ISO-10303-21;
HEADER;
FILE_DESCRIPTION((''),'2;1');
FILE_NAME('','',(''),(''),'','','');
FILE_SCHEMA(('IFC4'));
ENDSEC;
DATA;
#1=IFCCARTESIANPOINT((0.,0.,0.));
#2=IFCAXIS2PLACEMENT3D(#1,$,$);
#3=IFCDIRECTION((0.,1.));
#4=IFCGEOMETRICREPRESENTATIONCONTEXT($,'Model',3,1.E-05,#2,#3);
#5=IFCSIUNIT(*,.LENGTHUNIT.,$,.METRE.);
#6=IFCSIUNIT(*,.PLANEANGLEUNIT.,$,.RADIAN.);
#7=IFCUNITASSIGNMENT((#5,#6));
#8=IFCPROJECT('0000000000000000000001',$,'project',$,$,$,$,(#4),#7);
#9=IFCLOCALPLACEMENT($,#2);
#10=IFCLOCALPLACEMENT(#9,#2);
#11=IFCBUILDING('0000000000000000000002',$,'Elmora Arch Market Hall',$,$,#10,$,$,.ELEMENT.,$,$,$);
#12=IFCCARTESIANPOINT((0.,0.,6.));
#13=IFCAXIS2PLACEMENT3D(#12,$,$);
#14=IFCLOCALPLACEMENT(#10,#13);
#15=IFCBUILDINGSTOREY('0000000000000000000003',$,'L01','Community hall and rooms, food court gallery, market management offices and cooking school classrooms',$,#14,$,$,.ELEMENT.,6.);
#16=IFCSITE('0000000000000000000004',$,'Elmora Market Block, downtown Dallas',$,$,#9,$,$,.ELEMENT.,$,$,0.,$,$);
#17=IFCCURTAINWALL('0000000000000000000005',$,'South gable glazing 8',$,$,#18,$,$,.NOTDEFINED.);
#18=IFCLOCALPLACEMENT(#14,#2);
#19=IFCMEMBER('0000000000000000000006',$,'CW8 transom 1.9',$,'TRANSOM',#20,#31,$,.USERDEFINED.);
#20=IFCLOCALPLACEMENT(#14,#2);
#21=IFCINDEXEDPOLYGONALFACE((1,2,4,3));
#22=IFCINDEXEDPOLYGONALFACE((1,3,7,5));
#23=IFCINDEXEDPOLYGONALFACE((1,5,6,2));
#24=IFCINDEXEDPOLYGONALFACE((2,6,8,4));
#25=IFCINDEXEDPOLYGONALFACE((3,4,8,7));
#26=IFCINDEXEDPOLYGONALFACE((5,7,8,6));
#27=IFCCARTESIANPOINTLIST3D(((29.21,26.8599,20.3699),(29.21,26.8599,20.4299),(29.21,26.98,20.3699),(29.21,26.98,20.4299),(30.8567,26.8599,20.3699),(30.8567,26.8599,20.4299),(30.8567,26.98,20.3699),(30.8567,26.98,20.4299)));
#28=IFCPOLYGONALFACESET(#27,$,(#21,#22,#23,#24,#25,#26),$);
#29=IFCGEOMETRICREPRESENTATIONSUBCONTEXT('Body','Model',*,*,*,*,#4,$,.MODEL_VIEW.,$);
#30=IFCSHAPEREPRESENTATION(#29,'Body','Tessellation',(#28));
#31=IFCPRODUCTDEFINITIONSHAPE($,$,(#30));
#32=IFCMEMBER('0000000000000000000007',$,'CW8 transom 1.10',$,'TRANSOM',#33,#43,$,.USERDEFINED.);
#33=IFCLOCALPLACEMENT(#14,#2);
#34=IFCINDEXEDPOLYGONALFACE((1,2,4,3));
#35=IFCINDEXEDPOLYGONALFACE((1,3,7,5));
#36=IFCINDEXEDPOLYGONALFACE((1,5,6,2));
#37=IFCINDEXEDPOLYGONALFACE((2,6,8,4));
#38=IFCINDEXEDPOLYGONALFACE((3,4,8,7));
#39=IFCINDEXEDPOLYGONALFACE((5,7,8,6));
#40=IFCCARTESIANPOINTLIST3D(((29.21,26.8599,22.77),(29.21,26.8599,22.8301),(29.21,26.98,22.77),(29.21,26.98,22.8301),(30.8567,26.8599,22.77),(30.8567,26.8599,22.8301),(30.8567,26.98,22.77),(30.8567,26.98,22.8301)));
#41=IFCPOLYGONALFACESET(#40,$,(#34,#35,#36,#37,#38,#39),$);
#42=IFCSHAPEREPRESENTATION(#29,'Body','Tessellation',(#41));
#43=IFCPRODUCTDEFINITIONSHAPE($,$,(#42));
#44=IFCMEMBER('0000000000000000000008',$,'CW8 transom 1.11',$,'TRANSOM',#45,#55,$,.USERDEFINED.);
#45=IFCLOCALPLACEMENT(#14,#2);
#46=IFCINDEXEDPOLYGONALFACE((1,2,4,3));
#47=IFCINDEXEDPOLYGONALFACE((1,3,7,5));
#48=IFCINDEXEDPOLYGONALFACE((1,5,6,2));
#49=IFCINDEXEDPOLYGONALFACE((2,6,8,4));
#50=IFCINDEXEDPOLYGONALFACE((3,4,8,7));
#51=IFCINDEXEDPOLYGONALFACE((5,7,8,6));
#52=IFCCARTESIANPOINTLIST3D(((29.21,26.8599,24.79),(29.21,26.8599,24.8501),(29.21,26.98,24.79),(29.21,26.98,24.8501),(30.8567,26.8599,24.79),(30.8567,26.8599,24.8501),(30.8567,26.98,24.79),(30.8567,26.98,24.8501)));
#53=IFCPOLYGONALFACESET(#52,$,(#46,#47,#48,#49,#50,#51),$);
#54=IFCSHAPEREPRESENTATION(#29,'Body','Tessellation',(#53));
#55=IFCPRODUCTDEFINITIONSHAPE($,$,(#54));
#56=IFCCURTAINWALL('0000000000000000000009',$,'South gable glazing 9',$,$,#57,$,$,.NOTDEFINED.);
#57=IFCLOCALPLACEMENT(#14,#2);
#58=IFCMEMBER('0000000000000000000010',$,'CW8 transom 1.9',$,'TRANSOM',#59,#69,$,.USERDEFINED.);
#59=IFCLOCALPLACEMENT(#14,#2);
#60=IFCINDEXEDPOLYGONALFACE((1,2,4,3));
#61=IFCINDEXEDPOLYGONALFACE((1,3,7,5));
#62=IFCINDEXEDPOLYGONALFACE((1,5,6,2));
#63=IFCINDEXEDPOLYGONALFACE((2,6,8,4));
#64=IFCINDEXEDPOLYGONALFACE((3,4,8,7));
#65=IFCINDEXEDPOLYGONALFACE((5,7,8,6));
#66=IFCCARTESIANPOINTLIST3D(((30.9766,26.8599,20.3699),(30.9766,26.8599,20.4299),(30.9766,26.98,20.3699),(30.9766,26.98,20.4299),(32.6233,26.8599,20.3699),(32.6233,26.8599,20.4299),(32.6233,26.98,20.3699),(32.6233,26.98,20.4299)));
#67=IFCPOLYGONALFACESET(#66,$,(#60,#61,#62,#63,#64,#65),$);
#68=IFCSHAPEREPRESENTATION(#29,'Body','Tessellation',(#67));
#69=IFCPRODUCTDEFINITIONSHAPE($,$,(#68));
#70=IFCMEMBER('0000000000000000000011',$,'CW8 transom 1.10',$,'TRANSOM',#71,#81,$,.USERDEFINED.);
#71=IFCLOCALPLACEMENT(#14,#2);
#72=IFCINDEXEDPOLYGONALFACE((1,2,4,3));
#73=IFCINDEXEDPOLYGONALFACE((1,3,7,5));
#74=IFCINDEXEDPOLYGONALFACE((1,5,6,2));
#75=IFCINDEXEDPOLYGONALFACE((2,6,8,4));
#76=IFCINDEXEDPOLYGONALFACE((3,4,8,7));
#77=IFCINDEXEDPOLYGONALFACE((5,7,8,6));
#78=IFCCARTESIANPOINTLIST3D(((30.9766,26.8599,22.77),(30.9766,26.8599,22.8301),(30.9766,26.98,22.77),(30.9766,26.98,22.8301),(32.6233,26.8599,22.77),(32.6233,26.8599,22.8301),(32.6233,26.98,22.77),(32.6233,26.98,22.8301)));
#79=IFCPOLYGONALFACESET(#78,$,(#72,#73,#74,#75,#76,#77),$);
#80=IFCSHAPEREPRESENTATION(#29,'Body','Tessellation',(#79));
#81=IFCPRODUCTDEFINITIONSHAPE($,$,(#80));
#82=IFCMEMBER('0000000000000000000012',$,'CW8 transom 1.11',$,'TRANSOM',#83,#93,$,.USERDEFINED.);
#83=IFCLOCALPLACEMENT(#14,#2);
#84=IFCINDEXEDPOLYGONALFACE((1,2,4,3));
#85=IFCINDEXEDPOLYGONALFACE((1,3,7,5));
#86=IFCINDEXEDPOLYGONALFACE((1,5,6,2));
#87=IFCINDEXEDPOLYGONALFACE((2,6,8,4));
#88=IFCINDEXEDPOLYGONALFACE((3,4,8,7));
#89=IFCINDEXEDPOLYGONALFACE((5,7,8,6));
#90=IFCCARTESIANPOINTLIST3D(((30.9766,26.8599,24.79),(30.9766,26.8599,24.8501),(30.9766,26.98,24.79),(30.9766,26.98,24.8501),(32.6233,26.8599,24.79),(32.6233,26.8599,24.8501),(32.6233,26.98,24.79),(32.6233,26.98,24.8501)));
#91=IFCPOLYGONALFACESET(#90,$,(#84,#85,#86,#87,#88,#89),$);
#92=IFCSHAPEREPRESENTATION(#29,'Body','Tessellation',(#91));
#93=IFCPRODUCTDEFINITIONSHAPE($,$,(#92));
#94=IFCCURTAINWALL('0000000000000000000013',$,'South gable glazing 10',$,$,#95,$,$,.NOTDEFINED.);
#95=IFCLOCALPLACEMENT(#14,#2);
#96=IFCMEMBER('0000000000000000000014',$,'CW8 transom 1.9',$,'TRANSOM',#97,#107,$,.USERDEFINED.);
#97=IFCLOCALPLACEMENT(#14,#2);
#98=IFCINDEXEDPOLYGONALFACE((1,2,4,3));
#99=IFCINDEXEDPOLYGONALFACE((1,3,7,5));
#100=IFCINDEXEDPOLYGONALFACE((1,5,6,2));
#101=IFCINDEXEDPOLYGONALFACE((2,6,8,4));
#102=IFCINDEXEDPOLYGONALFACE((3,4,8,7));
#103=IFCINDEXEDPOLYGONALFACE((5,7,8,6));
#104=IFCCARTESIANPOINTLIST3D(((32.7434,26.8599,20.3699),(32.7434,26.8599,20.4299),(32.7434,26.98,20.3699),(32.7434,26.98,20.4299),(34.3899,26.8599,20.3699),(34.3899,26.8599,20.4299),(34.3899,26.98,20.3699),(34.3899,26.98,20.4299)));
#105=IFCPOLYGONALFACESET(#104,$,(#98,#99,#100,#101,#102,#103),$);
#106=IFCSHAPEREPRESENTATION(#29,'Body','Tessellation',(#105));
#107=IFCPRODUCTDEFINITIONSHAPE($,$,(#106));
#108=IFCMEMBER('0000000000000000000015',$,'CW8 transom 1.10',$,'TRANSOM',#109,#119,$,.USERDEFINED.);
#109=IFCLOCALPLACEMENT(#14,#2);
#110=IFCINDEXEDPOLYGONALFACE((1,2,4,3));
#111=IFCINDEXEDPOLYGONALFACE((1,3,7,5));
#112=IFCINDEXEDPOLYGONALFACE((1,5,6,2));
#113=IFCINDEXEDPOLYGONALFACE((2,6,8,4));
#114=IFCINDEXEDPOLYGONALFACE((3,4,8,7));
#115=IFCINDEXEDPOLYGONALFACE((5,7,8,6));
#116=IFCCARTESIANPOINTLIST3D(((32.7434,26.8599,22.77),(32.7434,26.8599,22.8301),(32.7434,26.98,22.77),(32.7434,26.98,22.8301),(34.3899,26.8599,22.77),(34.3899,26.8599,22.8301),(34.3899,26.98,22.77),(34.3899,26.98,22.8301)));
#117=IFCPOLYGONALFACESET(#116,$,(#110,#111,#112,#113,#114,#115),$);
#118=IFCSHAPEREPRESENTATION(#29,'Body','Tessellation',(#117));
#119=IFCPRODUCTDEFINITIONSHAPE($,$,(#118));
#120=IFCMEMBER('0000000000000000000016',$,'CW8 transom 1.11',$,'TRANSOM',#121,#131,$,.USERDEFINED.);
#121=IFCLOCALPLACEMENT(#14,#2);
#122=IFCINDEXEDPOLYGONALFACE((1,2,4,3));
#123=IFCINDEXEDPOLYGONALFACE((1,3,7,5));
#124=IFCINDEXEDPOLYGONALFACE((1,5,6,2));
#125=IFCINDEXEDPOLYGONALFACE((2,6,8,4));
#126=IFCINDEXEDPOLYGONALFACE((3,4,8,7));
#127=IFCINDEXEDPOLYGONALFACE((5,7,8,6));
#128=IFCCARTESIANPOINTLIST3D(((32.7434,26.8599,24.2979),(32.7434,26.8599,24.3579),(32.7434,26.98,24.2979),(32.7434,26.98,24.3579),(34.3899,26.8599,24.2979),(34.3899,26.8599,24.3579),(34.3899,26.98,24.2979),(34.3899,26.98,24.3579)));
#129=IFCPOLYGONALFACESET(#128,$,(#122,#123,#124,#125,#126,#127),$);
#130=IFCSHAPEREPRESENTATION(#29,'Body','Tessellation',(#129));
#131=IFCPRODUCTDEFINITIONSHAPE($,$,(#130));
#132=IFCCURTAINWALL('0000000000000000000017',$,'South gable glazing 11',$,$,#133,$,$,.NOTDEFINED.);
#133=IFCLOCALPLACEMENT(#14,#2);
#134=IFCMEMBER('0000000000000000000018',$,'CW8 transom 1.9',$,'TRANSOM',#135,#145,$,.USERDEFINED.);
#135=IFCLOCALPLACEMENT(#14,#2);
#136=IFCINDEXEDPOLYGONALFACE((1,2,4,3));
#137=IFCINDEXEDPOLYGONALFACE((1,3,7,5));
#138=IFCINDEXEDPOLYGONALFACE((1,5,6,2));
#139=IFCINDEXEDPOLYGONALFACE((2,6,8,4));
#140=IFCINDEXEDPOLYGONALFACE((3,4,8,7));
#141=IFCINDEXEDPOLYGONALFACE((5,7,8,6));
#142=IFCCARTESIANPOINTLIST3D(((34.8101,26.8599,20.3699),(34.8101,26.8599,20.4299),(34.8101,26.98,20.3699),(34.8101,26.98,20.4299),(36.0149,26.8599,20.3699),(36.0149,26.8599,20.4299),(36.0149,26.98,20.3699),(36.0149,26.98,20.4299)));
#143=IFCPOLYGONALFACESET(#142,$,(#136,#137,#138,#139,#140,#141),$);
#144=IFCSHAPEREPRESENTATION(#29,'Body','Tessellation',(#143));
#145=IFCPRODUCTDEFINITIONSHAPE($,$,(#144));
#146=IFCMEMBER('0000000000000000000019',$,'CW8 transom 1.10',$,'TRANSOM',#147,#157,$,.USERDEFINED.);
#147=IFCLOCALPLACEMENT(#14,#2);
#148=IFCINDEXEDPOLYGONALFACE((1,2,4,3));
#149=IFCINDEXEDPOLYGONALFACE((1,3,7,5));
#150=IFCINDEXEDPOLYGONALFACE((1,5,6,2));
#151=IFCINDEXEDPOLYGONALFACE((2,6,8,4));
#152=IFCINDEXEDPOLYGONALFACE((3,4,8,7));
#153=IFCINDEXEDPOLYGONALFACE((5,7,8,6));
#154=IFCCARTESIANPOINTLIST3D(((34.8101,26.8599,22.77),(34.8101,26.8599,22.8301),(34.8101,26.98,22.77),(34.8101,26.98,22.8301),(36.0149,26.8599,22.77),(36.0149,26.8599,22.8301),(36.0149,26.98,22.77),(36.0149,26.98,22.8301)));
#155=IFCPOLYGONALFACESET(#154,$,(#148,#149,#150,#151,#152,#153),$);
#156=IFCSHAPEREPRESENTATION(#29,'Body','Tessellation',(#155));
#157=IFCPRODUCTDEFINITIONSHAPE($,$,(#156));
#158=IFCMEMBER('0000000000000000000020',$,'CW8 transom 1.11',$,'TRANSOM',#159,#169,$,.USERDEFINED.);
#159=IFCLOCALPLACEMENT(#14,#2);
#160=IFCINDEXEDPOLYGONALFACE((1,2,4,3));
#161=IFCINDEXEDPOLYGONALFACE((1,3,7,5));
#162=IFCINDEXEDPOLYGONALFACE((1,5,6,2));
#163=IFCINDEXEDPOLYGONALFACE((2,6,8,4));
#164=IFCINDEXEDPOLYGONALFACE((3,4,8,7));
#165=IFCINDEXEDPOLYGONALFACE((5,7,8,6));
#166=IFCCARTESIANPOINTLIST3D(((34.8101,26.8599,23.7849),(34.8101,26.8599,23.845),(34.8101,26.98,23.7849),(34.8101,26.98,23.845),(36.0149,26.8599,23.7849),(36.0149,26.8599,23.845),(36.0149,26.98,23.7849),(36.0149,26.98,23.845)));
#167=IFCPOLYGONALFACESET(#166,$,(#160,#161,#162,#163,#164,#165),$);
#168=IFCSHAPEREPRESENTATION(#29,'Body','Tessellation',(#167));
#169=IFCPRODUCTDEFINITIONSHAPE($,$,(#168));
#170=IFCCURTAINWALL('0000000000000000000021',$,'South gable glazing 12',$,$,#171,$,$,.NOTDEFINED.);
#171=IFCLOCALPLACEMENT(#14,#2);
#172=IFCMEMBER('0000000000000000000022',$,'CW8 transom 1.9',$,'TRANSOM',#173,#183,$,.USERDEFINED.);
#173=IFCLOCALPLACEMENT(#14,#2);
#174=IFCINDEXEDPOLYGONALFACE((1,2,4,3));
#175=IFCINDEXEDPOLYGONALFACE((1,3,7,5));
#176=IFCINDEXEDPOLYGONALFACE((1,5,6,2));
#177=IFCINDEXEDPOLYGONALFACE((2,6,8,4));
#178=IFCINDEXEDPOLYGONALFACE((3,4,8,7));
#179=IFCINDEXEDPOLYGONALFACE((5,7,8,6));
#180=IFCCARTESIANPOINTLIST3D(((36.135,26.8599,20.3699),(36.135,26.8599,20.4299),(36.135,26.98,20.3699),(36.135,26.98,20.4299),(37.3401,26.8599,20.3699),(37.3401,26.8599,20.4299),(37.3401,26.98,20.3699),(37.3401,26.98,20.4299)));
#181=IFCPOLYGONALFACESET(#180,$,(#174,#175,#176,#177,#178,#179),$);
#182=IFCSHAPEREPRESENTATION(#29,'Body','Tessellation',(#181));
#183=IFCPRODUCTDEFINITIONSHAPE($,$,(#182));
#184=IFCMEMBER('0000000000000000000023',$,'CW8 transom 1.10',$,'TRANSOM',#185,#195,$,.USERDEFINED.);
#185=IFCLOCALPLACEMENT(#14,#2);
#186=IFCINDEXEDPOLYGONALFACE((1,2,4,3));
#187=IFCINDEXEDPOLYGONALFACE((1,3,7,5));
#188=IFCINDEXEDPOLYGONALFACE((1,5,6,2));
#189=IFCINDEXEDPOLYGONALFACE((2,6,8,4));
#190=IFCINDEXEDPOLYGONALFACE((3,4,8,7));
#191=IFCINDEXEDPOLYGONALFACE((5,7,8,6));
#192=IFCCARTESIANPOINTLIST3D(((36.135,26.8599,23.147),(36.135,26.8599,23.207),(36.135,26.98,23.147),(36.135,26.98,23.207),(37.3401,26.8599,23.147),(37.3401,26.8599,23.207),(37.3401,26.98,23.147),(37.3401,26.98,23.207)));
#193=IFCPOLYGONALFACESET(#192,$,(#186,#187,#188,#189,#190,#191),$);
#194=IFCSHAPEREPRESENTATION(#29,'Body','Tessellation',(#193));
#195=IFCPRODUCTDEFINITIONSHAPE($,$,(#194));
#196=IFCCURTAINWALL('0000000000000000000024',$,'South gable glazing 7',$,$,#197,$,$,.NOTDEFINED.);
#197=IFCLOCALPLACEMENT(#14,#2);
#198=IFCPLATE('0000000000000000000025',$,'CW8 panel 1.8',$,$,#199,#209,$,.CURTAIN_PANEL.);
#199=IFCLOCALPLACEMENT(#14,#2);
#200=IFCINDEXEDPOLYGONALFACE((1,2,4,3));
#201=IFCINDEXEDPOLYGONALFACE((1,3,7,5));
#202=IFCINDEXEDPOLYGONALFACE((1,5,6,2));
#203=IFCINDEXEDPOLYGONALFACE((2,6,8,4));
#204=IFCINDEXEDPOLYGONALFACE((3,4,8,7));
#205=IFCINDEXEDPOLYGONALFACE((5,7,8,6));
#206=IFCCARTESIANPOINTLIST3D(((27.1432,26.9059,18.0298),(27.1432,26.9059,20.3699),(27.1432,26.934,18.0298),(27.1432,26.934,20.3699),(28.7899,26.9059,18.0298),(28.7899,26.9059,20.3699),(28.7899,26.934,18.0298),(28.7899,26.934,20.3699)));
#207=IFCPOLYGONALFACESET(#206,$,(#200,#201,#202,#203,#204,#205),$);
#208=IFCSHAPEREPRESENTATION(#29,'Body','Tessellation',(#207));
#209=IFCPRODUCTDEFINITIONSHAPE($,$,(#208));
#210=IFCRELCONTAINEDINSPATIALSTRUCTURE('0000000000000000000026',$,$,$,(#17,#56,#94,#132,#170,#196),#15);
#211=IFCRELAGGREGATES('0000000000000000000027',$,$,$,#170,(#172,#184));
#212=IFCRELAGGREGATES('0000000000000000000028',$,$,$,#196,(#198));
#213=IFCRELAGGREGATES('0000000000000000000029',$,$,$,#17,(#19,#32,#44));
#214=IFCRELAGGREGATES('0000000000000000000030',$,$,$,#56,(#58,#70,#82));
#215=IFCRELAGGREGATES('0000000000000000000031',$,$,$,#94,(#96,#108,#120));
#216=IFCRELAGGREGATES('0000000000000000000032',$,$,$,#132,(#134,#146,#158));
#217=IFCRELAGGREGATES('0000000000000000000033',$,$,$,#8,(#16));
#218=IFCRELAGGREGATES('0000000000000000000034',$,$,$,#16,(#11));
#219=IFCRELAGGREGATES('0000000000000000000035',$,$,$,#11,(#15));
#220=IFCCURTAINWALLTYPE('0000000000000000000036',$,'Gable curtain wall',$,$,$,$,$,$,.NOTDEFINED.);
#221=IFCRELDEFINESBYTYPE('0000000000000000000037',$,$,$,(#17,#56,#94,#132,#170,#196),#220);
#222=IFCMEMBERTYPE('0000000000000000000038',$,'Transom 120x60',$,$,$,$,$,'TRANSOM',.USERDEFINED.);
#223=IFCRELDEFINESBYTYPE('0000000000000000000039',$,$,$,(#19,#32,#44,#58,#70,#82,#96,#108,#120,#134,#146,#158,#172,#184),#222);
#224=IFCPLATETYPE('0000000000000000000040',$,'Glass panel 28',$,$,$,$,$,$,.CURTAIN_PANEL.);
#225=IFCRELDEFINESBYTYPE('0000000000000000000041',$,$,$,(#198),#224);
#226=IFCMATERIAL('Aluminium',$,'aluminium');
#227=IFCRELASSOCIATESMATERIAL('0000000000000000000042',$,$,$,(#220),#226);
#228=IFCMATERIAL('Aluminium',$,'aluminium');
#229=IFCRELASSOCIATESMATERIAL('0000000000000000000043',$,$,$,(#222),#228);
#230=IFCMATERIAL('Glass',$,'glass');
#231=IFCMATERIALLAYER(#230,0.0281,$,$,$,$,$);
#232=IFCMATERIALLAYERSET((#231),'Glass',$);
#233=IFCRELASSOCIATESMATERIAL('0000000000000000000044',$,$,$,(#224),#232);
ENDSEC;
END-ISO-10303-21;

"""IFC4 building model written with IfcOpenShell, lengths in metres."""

from ifc_helpers import new_model, si_unit, direction, frame, origin, origin_2d, place, context, subcontext, project, spatial, rectangle, extrude, material, layer, layer_set, material_profile, profile_set, type_object, element, aggregate, save


model = new_model("IFC4")

# Units and contexts
model_context = context("Model", 3, precision=1e-05, world=origin(), true_north=direction((0.0, 1.0)))
body_context = subcontext(model_context, "Body", "Model", "MODEL_VIEW")
ifc_project = project(units=[si_unit("LENGTHUNIT", "METRE"), si_unit("PLANEANGLEUNIT", "RADIAN")], contexts=[model_context])

# Site, building, storey
site_placement = place(None, origin())
site = spatial("IfcSite", under=ifc_project, at=site_placement, Name="Elmora Market Block, downtown Dallas", CompositionType="ELEMENT", RefElevation=0.0)
building_placement = place(site_placement, origin())
building = spatial("IfcBuilding", under=site, at=building_placement, Name="Elmora Arch Market Hall", CompositionType="ELEMENT")
storey_placement = place(building_placement, frame((0.0, 0.0, 6.0)))
storey = spatial("IfcBuildingStorey", under=building, at=storey_placement, Name="L01", Description="Community hall and rooms, food court gallery, market management offices and cooking school classrooms", CompositionType="ELEMENT", Elevation=6.0)

# Curtain walls, members
ifc_material_1 = material(Name="Aluminium", Category="aluminium")
curtain_wall_type = type_object("IfcCurtainWallType", Name="Gable curtain wall", PredefinedType="NOTDEFINED", material=ifc_material_1)
curtain_wall_1_placement = place(storey_placement, origin())
curtain_wall_1 = element("IfcCurtainWall", 1, at=curtain_wall_1_placement, inside=storey, type_object=curtain_wall_type, Name="South gable glazing 8", PredefinedType="NOTDEFINED")
ifc_material_2 = material(Name="Aluminium", Category="aluminium")
ifc_material_profile = material_profile(ifc_material_2, rectangle(XDim=0.1201, YDim=0.0601, at=origin_2d()), Name="AL 120x60")
ifc_profile_set = profile_set([ifc_material_profile], Name="Aluminium")
member_type = type_object("IfcMemberType", Name="Transom 120x60", ElementType="TRANSOM", PredefinedType="USERDEFINED", material=ifc_profile_set)
member_1_placement = place(storey_placement, frame((29.21, 26.9199, 20.3999), z_axis=(1.0, 0.0, 0.0), x_axis=(0.0, 1.0, 0.0)))
member_1 = element("IfcMember", 2, at=member_1_placement, type_object=member_type, Name="CW8 transom 1.9", ObjectType="TRANSOM", PredefinedType="USERDEFINED", context=body_context, shape_type="SweptSolid", body=[
    extrude(rectangle(XDim=0.1201, YDim=0.0601, at=origin_2d()), origin(), (0.0, 0.0, 1.0), 1.6467),
])
member_2_placement = place(storey_placement, frame((29.21, 26.9199, 22.8), z_axis=(1.0, 0.0, 0.0), x_axis=(0.0, 1.0, 0.0)))
member_2 = element("IfcMember", 3, at=member_2_placement, type_object=member_type, Name="CW8 transom 1.10", ObjectType="TRANSOM", PredefinedType="USERDEFINED", context=body_context, shape_type="SweptSolid", body=[
    extrude(rectangle(XDim=0.1201, YDim=0.0601, at=origin_2d()), origin(), (0.0, 0.0, 1.0), 1.6467),
])
member_3_placement = place(storey_placement, frame((29.21, 26.9199, 24.8201), z_axis=(1.0, 0.0, 0.0), x_axis=(0.0, 1.0, 0.0)))
member_3 = element("IfcMember", 4, at=member_3_placement, type_object=member_type, Name="CW8 transom 1.11", ObjectType="TRANSOM", PredefinedType="USERDEFINED", context=body_context, shape_type="SweptSolid", body=[
    extrude(rectangle(XDim=0.1201, YDim=0.0601, at=origin_2d()), origin(), (0.0, 0.0, 1.0), 1.6467),
])
curtain_wall_2_placement = place(storey_placement, origin())
curtain_wall_2 = element("IfcCurtainWall", 5, at=curtain_wall_2_placement, inside=storey, type_object=curtain_wall_type, Name="South gable glazing 9", PredefinedType="NOTDEFINED")
member_4_placement = place(storey_placement, frame((30.9766, 26.9199, 20.3999), z_axis=(1.0, 0.0, 0.0), x_axis=(0.0, 1.0, 0.0)))
member_4 = element("IfcMember", 6, at=member_4_placement, type_object=member_type, Name="CW8 transom 1.9", ObjectType="TRANSOM", PredefinedType="USERDEFINED", context=body_context, shape_type="SweptSolid", body=[
    extrude(rectangle(XDim=0.1201, YDim=0.0601, at=origin_2d()), origin(), (0.0, 0.0, 1.0), 1.6467),
])
member_5_placement = place(storey_placement, frame((30.9766, 26.9199, 22.8), z_axis=(1.0, 0.0, 0.0), x_axis=(0.0, 1.0, 0.0)))
member_5 = element("IfcMember", 7, at=member_5_placement, type_object=member_type, Name="CW8 transom 1.10", ObjectType="TRANSOM", PredefinedType="USERDEFINED", context=body_context, shape_type="SweptSolid", body=[
    extrude(rectangle(XDim=0.1201, YDim=0.0601, at=origin_2d()), origin(), (0.0, 0.0, 1.0), 1.6467),
])
member_6_placement = place(storey_placement, frame((30.9766, 26.9199, 24.8201), z_axis=(1.0, 0.0, 0.0), x_axis=(0.0, 1.0, 0.0)))
member_6 = element("IfcMember", 8, at=member_6_placement, type_object=member_type, Name="CW8 transom 1.11", ObjectType="TRANSOM", PredefinedType="USERDEFINED", context=body_context, shape_type="SweptSolid", body=[
    extrude(rectangle(XDim=0.1201, YDim=0.0601, at=origin_2d()), origin(), (0.0, 0.0, 1.0), 1.6467),
])
curtain_wall_3_placement = place(storey_placement, origin())
curtain_wall_3 = element("IfcCurtainWall", 9, at=curtain_wall_3_placement, inside=storey, type_object=curtain_wall_type, Name="South gable glazing 10", PredefinedType="NOTDEFINED")
member_7_placement = place(storey_placement, frame((32.7434, 26.9199, 20.3999), z_axis=(1.0, 0.0, 0.0), x_axis=(0.0, 1.0, 0.0)))
member_7 = element("IfcMember", 10, at=member_7_placement, type_object=member_type, Name="CW8 transom 1.9", ObjectType="TRANSOM", PredefinedType="USERDEFINED", context=body_context, shape_type="SweptSolid", body=[
    extrude(rectangle(XDim=0.1201, YDim=0.0601, at=origin_2d()), origin(), (0.0, 0.0, 1.0), 1.6465),
])
member_8_placement = place(storey_placement, frame((32.7434, 26.9199, 22.8), z_axis=(1.0, 0.0, 0.0), x_axis=(0.0, 1.0, 0.0)))
member_8 = element("IfcMember", 11, at=member_8_placement, type_object=member_type, Name="CW8 transom 1.10", ObjectType="TRANSOM", PredefinedType="USERDEFINED", context=body_context, shape_type="SweptSolid", body=[
    extrude(rectangle(XDim=0.1201, YDim=0.0601, at=origin_2d()), origin(), (0.0, 0.0, 1.0), 1.6465),
])
member_9_placement = place(storey_placement, frame((32.7434, 26.9199, 24.3279), z_axis=(1.0, 0.0, 0.0), x_axis=(0.0, 1.0, 0.0)))
member_9 = element("IfcMember", 12, at=member_9_placement, type_object=member_type, Name="CW8 transom 1.11", ObjectType="TRANSOM", PredefinedType="USERDEFINED", context=body_context, shape_type="SweptSolid", body=[
    extrude(rectangle(XDim=0.1201, YDim=0.0601, at=origin_2d()), origin(), (0.0, 0.0, 1.0), 1.6465),
])
curtain_wall_4_placement = place(storey_placement, origin())
curtain_wall_4 = element("IfcCurtainWall", 13, at=curtain_wall_4_placement, inside=storey, type_object=curtain_wall_type, Name="South gable glazing 11", PredefinedType="NOTDEFINED")
member_10_placement = place(storey_placement, frame((34.8101, 26.9199, 20.3999), z_axis=(1.0, 0.0, 0.0), x_axis=(0.0, 1.0, 0.0)))
member_10 = element("IfcMember", 14, at=member_10_placement, type_object=member_type, Name="CW8 transom 1.9", ObjectType="TRANSOM", PredefinedType="USERDEFINED", context=body_context, shape_type="SweptSolid", body=[
    extrude(rectangle(XDim=0.1201, YDim=0.0601, at=origin_2d()), origin(), (0.0, 0.0, 1.0), 1.2048),
])
member_11_placement = place(storey_placement, frame((34.8101, 26.9199, 22.8), z_axis=(1.0, 0.0, 0.0), x_axis=(0.0, 1.0, 0.0)))
member_11 = element("IfcMember", 15, at=member_11_placement, type_object=member_type, Name="CW8 transom 1.10", ObjectType="TRANSOM", PredefinedType="USERDEFINED", context=body_context, shape_type="SweptSolid", body=[
    extrude(rectangle(XDim=0.1201, YDim=0.0601, at=origin_2d()), origin(), (0.0, 0.0, 1.0), 1.2048),
])
member_12_placement = place(storey_placement, frame((34.8101, 26.9199, 23.8149), z_axis=(1.0, 0.0, 0.0), x_axis=(0.0, 1.0, 0.0)))
member_12 = element("IfcMember", 16, at=member_12_placement, type_object=member_type, Name="CW8 transom 1.11", ObjectType="TRANSOM", PredefinedType="USERDEFINED", context=body_context, shape_type="SweptSolid", body=[
    extrude(rectangle(XDim=0.1201, YDim=0.0601, at=origin_2d()), origin(), (0.0, 0.0, 1.0), 1.2048),
])
curtain_wall_5_placement = place(storey_placement, origin())
curtain_wall_5 = element("IfcCurtainWall", 17, at=curtain_wall_5_placement, inside=storey, type_object=curtain_wall_type, Name="South gable glazing 12", PredefinedType="NOTDEFINED")
member_13_placement = place(storey_placement, frame((36.135, 26.9199, 20.3999), z_axis=(1.0, 0.0, 0.0), x_axis=(0.0, 1.0, 0.0)))
member_13 = element("IfcMember", 18, at=member_13_placement, type_object=member_type, Name="CW8 transom 1.9", ObjectType="TRANSOM", PredefinedType="USERDEFINED", context=body_context, shape_type="SweptSolid", body=[
    extrude(rectangle(XDim=0.1201, YDim=0.0601, at=origin_2d()), origin(), (0.0, 0.0, 1.0), 1.2051),
])
member_14_placement = place(storey_placement, frame((36.135, 26.9199, 23.177), z_axis=(1.0, 0.0, 0.0), x_axis=(0.0, 1.0, 0.0)))
member_14 = element("IfcMember", 19, at=member_14_placement, type_object=member_type, Name="CW8 transom 1.10", ObjectType="TRANSOM", PredefinedType="USERDEFINED", context=body_context, shape_type="SweptSolid", body=[
    extrude(rectangle(XDim=0.1201, YDim=0.0601, at=origin_2d()), origin(), (0.0, 0.0, 1.0), 1.2051),
])
aggregate(curtain_wall_5, [member_13, member_14])

# Curtain wall, plate
curtain_wall_6_placement = place(storey_placement, origin())
curtain_wall_6 = element("IfcCurtainWall", 20, at=curtain_wall_6_placement, inside=storey, type_object=curtain_wall_type, Name="South gable glazing 7", PredefinedType="NOTDEFINED")
ifc_material_3 = material(Name="Glass", Category="glass")
ifc_layer = layer(ifc_material_3, 0.0281)
ifc_layer_set = layer_set([ifc_layer], Name="Glass")
plate_type = type_object("IfcPlateType", Name="Glass panel 28", PredefinedType="CURTAIN_PANEL", material=ifc_layer_set)
plate_1_placement = place(storey_placement, frame((27.9666, 26.9199, 18.0298), z_axis=(0.0, 0.0, 1.0), x_axis=(1.0, 0.0, 0.0)))
plate_1 = element("IfcPlate", 21, at=plate_1_placement, type_object=plate_type, Name="CW8 panel 1.8", PredefinedType="CURTAIN_PANEL", context=body_context, shape_type="SweptSolid", body=[
    extrude(rectangle(XDim=1.6467, YDim=0.0281, at=origin_2d()), origin(), (0.0, 0.0, 1.0), 2.3401),
])
aggregate(curtain_wall_6, [plate_1])

aggregate(curtain_wall_1, [member_1, member_2, member_3])
aggregate(curtain_wall_2, [member_4, member_5, member_6])
aggregate(curtain_wall_3, [member_7, member_8, member_9])
aggregate(curtain_wall_4, [member_10, member_11, member_12])

save(model, "model.ifc")
